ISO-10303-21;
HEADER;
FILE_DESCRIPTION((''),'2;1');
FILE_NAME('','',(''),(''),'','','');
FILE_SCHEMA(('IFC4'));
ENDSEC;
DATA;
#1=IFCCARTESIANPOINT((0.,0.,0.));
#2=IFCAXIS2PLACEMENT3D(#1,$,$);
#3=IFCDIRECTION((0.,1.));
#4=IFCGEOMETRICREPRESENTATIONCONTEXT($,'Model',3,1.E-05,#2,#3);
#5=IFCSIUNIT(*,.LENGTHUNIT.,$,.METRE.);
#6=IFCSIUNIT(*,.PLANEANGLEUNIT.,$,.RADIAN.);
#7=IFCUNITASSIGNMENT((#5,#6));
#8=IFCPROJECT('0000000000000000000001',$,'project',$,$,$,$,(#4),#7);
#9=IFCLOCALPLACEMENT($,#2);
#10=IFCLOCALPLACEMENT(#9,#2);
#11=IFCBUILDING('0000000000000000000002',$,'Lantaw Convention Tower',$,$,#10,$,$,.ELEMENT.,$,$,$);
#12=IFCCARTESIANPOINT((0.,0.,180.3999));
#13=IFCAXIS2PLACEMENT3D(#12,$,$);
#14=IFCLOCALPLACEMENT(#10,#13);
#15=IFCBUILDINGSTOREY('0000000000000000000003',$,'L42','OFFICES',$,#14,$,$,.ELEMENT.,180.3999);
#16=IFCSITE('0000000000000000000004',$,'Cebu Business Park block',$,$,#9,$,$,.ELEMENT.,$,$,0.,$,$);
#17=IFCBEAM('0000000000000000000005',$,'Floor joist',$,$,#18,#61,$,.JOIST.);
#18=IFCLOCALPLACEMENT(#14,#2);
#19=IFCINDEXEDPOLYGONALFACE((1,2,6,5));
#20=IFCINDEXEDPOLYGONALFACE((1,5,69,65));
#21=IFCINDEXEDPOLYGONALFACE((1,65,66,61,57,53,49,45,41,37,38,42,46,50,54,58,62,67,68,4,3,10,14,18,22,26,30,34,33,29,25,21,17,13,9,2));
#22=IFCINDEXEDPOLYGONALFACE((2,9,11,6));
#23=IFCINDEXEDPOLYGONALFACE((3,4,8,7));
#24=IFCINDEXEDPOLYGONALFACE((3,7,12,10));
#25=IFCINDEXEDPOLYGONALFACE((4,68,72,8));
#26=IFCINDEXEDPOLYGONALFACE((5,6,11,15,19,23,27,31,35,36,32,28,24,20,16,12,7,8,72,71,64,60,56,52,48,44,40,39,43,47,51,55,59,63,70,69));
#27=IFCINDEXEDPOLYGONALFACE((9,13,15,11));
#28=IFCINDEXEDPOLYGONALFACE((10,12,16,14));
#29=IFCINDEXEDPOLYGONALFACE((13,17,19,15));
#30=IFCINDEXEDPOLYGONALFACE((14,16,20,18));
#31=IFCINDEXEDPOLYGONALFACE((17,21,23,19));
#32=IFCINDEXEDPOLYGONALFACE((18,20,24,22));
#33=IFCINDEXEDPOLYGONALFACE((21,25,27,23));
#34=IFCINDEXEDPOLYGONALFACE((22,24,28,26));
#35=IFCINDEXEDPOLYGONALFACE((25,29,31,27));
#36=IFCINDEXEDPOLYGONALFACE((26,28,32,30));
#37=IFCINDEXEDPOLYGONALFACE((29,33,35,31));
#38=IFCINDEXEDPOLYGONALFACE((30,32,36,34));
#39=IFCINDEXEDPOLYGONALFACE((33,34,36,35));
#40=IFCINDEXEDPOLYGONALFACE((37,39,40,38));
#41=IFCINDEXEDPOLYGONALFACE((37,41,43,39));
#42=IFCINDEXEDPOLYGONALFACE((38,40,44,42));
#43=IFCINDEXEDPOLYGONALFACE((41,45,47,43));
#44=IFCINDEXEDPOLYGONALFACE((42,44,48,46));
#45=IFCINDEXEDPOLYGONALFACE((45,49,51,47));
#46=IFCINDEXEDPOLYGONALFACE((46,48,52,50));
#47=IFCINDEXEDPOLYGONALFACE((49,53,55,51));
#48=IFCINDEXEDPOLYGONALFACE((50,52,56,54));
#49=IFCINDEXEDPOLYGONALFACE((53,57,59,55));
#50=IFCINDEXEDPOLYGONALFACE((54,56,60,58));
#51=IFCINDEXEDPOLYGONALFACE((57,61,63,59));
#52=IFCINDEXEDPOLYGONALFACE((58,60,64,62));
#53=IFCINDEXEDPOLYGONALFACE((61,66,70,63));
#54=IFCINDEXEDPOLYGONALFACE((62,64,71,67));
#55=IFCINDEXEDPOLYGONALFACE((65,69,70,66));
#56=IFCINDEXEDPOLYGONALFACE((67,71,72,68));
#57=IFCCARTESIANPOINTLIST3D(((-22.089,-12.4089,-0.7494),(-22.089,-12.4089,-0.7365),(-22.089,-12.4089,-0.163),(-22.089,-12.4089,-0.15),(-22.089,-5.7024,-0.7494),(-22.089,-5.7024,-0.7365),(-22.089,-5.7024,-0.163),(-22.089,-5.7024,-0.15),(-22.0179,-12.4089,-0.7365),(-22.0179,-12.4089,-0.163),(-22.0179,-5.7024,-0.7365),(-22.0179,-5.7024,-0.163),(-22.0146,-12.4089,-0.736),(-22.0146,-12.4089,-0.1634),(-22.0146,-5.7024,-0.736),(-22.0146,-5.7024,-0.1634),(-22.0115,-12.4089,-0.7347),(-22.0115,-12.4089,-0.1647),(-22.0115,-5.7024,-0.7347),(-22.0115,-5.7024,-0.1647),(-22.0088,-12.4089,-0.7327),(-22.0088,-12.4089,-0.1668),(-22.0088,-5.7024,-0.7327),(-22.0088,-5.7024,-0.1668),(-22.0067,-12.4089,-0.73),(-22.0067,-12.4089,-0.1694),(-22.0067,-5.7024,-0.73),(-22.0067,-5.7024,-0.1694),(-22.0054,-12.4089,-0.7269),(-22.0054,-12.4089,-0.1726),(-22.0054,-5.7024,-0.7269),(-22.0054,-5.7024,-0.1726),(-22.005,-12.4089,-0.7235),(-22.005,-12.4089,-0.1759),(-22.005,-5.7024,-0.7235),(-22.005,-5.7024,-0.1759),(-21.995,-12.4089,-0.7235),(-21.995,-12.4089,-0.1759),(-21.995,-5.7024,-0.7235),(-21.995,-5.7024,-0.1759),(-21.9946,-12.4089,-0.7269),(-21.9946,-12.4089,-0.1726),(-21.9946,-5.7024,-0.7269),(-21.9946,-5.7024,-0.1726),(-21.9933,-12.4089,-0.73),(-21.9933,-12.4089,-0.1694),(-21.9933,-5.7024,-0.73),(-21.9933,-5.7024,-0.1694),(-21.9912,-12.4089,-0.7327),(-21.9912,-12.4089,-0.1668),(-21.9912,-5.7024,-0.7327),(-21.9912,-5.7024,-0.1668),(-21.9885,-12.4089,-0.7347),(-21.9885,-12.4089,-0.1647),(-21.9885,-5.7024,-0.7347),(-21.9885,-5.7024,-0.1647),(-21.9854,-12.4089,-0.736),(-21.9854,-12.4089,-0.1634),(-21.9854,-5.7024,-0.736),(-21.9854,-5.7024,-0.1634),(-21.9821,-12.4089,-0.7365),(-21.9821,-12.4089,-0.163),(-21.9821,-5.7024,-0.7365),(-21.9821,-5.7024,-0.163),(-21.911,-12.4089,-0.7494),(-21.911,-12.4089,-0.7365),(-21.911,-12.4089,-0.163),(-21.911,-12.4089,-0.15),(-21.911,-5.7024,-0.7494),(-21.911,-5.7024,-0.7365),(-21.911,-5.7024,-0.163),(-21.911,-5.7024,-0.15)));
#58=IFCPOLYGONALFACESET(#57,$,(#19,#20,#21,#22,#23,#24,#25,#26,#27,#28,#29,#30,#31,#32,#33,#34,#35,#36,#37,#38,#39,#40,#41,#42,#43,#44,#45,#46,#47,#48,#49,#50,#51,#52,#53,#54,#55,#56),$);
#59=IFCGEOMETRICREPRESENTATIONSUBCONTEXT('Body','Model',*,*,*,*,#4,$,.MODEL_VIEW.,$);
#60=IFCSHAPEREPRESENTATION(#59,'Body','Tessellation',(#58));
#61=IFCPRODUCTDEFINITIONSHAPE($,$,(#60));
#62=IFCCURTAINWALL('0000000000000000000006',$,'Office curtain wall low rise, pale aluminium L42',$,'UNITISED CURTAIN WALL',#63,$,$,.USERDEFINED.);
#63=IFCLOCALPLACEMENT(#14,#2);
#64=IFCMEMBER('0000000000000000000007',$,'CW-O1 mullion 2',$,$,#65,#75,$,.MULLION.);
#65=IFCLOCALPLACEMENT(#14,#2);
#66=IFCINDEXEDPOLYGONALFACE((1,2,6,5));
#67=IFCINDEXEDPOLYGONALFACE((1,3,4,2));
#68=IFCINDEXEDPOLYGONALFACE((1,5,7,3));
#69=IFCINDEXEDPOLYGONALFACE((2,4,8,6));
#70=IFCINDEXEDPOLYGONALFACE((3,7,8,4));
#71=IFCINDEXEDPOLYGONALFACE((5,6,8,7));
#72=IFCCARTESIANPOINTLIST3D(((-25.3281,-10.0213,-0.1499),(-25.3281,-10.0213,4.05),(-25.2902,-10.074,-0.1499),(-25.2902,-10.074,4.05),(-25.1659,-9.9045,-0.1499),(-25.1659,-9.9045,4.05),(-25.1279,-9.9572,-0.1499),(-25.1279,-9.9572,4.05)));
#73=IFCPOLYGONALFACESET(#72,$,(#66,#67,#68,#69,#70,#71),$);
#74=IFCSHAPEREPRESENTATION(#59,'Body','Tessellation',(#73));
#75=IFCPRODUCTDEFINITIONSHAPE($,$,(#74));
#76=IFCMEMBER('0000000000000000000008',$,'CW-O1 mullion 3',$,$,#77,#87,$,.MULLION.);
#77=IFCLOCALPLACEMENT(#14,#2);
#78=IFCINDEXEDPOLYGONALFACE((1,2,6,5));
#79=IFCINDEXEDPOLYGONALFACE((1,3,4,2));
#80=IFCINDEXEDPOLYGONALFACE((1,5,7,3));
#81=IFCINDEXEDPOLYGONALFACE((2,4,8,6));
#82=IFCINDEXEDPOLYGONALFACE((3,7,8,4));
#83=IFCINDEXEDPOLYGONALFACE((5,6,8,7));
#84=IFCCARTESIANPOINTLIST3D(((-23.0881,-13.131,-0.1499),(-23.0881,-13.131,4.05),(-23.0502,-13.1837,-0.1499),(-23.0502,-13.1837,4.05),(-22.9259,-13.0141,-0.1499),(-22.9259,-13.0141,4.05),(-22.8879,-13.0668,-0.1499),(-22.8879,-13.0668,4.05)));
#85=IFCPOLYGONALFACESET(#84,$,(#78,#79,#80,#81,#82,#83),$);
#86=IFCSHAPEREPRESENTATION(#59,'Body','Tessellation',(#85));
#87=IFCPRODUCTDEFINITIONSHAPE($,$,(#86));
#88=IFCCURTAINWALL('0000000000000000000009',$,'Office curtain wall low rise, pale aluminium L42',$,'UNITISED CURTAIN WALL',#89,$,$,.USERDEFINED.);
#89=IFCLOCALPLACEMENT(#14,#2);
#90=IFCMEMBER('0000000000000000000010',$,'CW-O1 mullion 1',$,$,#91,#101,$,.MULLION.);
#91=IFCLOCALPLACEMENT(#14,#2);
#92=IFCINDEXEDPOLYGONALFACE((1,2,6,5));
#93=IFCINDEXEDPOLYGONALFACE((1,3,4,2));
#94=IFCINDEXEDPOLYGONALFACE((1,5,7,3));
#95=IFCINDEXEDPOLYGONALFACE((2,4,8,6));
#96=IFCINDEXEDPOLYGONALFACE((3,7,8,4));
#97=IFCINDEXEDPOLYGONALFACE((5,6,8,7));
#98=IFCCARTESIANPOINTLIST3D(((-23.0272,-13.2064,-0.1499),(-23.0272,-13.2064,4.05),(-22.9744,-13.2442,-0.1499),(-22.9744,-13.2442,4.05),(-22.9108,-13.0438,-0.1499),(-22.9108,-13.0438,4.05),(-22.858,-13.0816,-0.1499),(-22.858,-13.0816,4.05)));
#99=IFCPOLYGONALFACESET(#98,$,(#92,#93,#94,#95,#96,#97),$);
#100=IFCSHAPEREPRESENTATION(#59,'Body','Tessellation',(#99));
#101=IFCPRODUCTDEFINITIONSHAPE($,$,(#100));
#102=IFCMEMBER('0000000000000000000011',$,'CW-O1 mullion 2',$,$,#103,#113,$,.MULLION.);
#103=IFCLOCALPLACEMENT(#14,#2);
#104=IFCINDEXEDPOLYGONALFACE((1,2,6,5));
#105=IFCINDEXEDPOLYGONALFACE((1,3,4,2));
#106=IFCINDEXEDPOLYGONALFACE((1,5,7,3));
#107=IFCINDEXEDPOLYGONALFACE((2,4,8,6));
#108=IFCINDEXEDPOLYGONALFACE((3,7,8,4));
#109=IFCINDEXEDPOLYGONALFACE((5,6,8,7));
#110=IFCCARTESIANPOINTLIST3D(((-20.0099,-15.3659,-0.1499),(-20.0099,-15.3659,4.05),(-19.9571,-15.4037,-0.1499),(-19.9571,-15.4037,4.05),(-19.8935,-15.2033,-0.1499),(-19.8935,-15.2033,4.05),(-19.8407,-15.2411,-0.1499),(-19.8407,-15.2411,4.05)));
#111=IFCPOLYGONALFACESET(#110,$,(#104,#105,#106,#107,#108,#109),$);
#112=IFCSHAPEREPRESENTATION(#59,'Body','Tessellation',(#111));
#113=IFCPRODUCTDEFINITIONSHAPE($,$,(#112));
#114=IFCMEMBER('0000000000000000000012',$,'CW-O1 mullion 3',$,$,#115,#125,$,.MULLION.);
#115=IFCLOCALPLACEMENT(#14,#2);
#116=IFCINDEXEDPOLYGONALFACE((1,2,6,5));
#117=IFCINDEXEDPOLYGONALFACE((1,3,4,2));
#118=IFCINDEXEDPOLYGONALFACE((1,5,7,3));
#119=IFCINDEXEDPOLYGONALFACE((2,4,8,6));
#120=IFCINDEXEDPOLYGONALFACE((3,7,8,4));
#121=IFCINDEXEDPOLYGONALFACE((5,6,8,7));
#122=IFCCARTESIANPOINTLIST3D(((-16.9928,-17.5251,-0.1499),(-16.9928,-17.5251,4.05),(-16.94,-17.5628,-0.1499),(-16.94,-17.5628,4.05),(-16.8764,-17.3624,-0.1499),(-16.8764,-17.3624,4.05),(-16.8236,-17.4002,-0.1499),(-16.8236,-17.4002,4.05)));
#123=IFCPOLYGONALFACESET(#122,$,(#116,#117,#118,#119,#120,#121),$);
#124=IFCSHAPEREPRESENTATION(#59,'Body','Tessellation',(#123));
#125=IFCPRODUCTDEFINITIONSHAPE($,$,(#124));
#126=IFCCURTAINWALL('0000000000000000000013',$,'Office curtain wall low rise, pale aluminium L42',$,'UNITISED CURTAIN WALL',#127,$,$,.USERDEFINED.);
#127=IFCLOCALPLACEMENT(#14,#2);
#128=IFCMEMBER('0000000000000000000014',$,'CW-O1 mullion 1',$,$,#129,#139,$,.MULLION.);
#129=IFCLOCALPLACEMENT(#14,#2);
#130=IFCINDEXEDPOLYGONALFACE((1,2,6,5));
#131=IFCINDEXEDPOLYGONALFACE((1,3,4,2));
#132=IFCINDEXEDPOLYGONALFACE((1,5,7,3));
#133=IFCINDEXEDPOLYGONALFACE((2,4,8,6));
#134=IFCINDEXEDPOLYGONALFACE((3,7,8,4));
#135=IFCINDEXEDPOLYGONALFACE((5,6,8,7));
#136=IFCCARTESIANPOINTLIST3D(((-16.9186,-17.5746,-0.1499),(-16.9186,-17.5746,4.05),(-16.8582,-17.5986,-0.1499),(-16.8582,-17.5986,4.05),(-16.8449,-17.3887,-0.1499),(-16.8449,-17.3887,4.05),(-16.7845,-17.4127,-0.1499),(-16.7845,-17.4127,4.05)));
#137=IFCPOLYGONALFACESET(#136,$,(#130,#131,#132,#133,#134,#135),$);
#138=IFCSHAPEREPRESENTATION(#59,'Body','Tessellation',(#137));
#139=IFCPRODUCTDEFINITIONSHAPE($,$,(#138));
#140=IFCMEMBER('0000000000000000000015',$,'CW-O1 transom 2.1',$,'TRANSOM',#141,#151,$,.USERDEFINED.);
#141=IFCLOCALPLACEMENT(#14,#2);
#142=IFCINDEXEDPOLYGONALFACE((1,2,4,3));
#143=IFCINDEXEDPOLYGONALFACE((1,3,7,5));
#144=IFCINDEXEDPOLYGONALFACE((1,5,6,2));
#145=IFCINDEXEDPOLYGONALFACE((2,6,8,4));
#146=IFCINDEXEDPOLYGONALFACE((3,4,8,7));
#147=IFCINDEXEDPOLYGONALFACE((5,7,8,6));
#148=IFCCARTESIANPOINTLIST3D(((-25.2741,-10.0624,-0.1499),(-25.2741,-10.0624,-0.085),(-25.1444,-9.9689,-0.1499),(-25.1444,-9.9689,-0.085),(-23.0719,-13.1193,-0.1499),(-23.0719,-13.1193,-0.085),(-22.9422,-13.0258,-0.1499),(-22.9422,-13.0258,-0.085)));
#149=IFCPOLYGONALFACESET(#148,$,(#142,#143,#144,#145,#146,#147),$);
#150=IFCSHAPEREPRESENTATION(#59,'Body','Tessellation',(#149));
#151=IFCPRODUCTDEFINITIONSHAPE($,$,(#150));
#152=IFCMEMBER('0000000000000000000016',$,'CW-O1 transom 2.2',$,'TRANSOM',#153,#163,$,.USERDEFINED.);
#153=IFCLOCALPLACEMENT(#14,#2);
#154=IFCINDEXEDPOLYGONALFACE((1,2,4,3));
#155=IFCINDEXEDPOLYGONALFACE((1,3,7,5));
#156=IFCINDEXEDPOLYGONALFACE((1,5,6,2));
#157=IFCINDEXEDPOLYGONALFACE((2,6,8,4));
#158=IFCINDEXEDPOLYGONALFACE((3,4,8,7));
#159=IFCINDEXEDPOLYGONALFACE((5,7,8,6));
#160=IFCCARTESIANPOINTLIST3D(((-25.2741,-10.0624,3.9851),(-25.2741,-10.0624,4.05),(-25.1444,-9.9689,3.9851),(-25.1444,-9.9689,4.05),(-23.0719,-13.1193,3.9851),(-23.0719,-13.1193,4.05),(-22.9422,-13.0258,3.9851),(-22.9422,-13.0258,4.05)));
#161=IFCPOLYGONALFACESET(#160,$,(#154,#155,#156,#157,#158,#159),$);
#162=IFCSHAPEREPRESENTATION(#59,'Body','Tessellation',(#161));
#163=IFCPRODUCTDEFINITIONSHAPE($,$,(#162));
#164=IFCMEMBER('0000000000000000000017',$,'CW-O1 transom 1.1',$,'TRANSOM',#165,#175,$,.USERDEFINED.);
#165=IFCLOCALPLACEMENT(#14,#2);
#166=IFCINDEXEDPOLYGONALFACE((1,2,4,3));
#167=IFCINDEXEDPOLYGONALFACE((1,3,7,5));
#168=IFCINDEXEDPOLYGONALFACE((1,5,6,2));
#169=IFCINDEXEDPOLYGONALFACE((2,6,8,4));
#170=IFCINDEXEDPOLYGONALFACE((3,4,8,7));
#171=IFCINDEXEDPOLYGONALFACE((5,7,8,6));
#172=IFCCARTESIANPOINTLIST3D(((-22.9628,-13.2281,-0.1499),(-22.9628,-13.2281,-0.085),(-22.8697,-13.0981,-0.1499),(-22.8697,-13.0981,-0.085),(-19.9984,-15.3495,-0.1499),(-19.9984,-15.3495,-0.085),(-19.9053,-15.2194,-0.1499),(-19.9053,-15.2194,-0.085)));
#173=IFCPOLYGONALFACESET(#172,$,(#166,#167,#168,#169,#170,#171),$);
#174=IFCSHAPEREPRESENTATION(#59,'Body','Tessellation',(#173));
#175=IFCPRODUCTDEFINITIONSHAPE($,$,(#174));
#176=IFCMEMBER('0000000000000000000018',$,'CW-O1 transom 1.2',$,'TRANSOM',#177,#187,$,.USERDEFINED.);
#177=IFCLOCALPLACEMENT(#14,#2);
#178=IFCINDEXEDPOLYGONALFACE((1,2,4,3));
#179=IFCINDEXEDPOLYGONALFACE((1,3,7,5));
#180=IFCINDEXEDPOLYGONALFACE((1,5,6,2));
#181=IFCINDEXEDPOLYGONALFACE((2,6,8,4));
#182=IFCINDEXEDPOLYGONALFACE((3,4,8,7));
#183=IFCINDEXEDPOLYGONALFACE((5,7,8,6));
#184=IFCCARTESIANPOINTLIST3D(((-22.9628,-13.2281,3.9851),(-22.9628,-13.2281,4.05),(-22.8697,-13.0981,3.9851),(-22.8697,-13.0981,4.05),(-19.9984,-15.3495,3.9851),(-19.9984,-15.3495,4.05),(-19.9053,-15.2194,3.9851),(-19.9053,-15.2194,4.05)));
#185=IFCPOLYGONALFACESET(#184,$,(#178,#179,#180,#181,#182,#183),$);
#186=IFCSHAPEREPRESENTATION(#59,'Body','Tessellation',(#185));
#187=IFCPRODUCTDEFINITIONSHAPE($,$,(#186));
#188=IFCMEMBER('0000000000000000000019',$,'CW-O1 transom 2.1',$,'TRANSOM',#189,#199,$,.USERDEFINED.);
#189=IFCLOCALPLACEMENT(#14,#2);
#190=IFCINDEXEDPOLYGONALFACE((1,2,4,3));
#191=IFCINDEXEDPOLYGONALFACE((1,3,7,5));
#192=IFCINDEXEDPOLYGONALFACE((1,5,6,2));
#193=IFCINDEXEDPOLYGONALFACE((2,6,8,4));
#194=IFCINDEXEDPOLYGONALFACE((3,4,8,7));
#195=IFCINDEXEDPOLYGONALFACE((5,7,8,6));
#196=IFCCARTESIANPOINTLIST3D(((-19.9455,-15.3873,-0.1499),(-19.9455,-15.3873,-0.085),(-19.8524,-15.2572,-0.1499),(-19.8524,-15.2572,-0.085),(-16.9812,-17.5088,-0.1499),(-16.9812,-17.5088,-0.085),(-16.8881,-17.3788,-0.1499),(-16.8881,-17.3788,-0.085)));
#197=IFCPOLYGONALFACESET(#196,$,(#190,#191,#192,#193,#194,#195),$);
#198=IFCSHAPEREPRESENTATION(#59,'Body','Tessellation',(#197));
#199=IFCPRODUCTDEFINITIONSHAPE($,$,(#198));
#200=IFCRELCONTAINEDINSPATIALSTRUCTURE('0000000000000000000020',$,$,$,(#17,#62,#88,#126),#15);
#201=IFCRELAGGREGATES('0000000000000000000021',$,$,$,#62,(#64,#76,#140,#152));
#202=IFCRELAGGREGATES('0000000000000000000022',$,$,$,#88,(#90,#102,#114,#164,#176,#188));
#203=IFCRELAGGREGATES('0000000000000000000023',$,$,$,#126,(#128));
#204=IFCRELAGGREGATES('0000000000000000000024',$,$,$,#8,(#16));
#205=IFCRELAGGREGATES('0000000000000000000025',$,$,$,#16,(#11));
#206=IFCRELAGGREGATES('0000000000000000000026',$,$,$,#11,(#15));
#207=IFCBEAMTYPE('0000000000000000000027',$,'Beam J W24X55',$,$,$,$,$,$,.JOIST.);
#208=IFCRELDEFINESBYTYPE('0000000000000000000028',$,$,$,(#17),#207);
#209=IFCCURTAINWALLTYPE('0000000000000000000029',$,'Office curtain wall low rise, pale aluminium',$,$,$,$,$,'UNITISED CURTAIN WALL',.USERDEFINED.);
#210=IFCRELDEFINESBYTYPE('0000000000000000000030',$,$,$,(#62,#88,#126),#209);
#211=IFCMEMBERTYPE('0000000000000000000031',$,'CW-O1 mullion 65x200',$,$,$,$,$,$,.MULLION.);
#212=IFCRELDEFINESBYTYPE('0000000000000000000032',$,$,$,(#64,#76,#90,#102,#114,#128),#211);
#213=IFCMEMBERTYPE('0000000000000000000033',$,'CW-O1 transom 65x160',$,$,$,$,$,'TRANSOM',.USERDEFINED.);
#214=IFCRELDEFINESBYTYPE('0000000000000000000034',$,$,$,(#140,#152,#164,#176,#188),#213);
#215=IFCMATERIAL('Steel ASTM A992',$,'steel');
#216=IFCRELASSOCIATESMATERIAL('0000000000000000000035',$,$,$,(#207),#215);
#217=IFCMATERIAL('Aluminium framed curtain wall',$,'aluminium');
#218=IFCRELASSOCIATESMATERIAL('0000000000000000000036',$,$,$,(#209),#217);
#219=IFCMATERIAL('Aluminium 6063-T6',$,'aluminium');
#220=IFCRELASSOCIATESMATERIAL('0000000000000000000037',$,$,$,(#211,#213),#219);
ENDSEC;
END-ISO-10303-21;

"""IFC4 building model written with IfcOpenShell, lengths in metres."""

from ifc_helpers import new_model, si_unit, direction, frame, origin, origin_2d, place, context, subcontext, project, spatial, rectangle, i_section, extrude, material, material_profile, profile_set, type_object, element, aggregate, save


model = new_model("IFC4")

# Units and contexts
model_context = context("Model", 3, precision=1e-05, world=origin(), true_north=direction((0.0, 1.0)))
body_context = subcontext(model_context, "Body", "Model", "MODEL_VIEW")
ifc_project = project(units=[si_unit("LENGTHUNIT", "METRE"), si_unit("PLANEANGLEUNIT", "RADIAN")], contexts=[model_context])

# Site, building, storey
site_placement = place(None, origin())
site = spatial("IfcSite", under=ifc_project, at=site_placement, Name="Cebu Business Park block", CompositionType="ELEMENT", RefElevation=0.0)
building_placement = place(site_placement, origin())
building = spatial("IfcBuilding", under=site, at=building_placement, Name="Lantaw Convention Tower", CompositionType="ELEMENT")
storey_placement = place(building_placement, frame((0.0, 0.0, 180.3999)))
storey = spatial("IfcBuildingStorey", under=building, at=storey_placement, Name="L42", Description="OFFICES", CompositionType="ELEMENT", Elevation=180.3999)

# Beam
ifc_material_1 = material(Name="Steel ASTM A992", Category="steel")
ifc_material_profile_1 = material_profile(ifc_material_1, i_section(OverallWidth=0.178, OverallDepth=0.5994, WebThickness=0.01, FlangeThickness=0.0129, FilletRadius=0.0129, at=origin_2d()), Name="W24X55")
ifc_profile_set_1 = profile_set([ifc_material_profile_1], Name="Steel ASTM A992")
beam_type_1 = type_object("IfcBeamType", Name="Beam J W24X55", PredefinedType="JOIST", material=ifc_profile_set_1)
beam_1_placement = place(storey_placement, frame((-22.0, -12.4089, -0.4497), z_axis=(0.0, 1.0, 0.0), x_axis=(-1.0, 0.0, 0.0)))
element("IfcBeam", 1, at=beam_1_placement, inside=storey, type_object=beam_type_1, Name="Floor joist", PredefinedType="JOIST", context=body_context, shape_type="SweptSolid", body=[
    extrude(i_section(OverallWidth=0.178, OverallDepth=0.5994, WebThickness=0.01, FlangeThickness=0.0129, FilletRadius=0.0129, at=origin_2d()), origin(), (0.0, 0.0, 1.0), 6.7065),
])

# Curtain walls, members
ifc_material_2 = material(Name="Aluminium framed curtain wall", Category="aluminium")
curtain_wall_type = type_object("IfcCurtainWallType", Name="Office curtain wall low rise, pale aluminium", ElementType="UNITISED CURTAIN WALL", PredefinedType="USERDEFINED", material=ifc_material_2)
curtain_wall_1_placement = place(storey_placement, origin())
curtain_wall_1 = element("IfcCurtainWall", 2, at=curtain_wall_1_placement, inside=storey, type_object=curtain_wall_type, Name="Office curtain wall low rise, pale aluminium L42", ObjectType="UNITISED CURTAIN WALL", PredefinedType="USERDEFINED")
ifc_material_3 = material(Name="Aluminium 6063-T6", Category="aluminium")
ifc_material_profile_2 = material_profile(ifc_material_3, rectangle(XDim=0.2, YDim=0.0649, at=origin_2d()), Name="CW-O1 mullion 65x200")
ifc_profile_set_2 = profile_set([ifc_material_profile_2], Name="Aluminium 6063-T6")
member_type_1 = type_object("IfcMemberType", Name="CW-O1 mullion 65x200", PredefinedType="MULLION", material=ifc_profile_set_2)
member_1_placement = place(storey_placement, frame((-25.228, -9.9893, -0.1499), z_axis=(0.0, 0.0, 1.0), x_axis=(0.811385, 0.584513, 0.0)))
member_1 = element("IfcMember", 3, at=member_1_placement, type_object=member_type_1, Name="CW-O1 mullion 2", PredefinedType="MULLION", context=body_context, shape_type="SweptSolid", body=[
    extrude(rectangle(XDim=0.2, YDim=0.0649, at=origin_2d()), origin(), (0.0, 0.0, 1.0), 4.2),
])
member_2_placement = place(storey_placement, frame((-22.988, -13.0989, -0.1499), z_axis=(0.0, 0.0, 1.0), x_axis=(0.811385, 0.584513, 0.0)))
member_2 = element("IfcMember", 4, at=member_2_placement, type_object=member_type_1, Name="CW-O1 mullion 3", PredefinedType="MULLION", context=body_context, shape_type="SweptSolid", body=[
    extrude(rectangle(XDim=0.2, YDim=0.0649, at=origin_2d()), origin(), (0.0, 0.0, 1.0), 4.2),
])
curtain_wall_2_placement = place(storey_placement, origin())
curtain_wall_2 = element("IfcCurtainWall", 5, at=curtain_wall_2_placement, inside=storey, type_object=curtain_wall_type, Name="Office curtain wall low rise, pale aluminium L42", ObjectType="UNITISED CURTAIN WALL", PredefinedType="USERDEFINED")
member_3_placement = place(storey_placement, frame((-22.9426, -13.144, -0.1499), z_axis=(0.0, 0.0, 1.0), x_axis=(0.581973, 0.813208, 0.0)))
member_3 = element("IfcMember", 6, at=member_3_placement, type_object=member_type_1, Name="CW-O1 mullion 1", PredefinedType="MULLION", context=body_context, shape_type="SweptSolid", body=[
    extrude(rectangle(XDim=0.2, YDim=0.0649, at=origin_2d()), origin(), (0.0, 0.0, 1.0), 4.2),
])
member_4_placement = place(storey_placement, frame((-19.9253, -15.3035, -0.1499), z_axis=(0.0, 0.0, 1.0), x_axis=(0.581973, 0.813208, 0.0)))
member_4 = element("IfcMember", 7, at=member_4_placement, type_object=member_type_1, Name="CW-O1 mullion 2", PredefinedType="MULLION", context=body_context, shape_type="SweptSolid", body=[
    extrude(rectangle(XDim=0.2, YDim=0.0649, at=origin_2d()), origin(), (0.0, 0.0, 1.0), 4.2),
])
member_5_placement = place(storey_placement, frame((-16.9082, -17.4626, -0.1499), z_axis=(0.0, 0.0, 1.0), x_axis=(0.581973, 0.813208, 0.0)))
member_5 = element("IfcMember", 8, at=member_5_placement, type_object=member_type_1, Name="CW-O1 mullion 3", PredefinedType="MULLION", context=body_context, shape_type="SweptSolid", body=[
    extrude(rectangle(XDim=0.2, YDim=0.0649, at=origin_2d()), origin(), (0.0, 0.0, 1.0), 4.2),
])

# Curtain wall, member
curtain_wall_3_placement = place(storey_placement, origin())
curtain_wall_3 = element("IfcCurtainWall", 9, at=curtain_wall_3_placement, inside=storey, type_object=curtain_wall_type, Name="Office curtain wall low rise, pale aluminium L42", ObjectType="UNITISED CURTAIN WALL", PredefinedType="USERDEFINED")
member_6_placement = place(storey_placement, frame((-16.8516, -17.4937, -0.1499), z_axis=(0.0, 0.0, 1.0), x_axis=(0.368702, 0.929548, 0.0)))
member_6 = element("IfcMember", 10, at=member_6_placement, type_object=member_type_1, Name="CW-O1 mullion 1", PredefinedType="MULLION", context=body_context, shape_type="SweptSolid", body=[
    extrude(rectangle(XDim=0.2, YDim=0.0649, at=origin_2d()), origin(), (0.0, 0.0, 1.0), 4.2),
])

# Members
ifc_material_profile_3 = material_profile(ifc_material_3, rectangle(XDim=0.1599, YDim=0.0649, at=origin_2d()), Name="CW-O1 transom 65x160")
ifc_profile_set_3 = profile_set([ifc_material_profile_3], Name="Aluminium 6063-T6")
member_type_2 = type_object("IfcMemberType", Name="CW-O1 transom 65x160", ElementType="TRANSOM", PredefinedType="USERDEFINED", material=ifc_profile_set_3)
member_7_placement = place(storey_placement, frame((-25.2092, -10.0156, -0.1174), z_axis=(0.584513, -0.811384, 0.0), x_axis=(0.811384, 0.584513, 0.0)))
member_7 = element("IfcMember", 11, at=member_7_placement, type_object=member_type_2, Name="CW-O1 transom 2.1", ObjectType="TRANSOM", PredefinedType="USERDEFINED", context=body_context, shape_type="SweptSolid", body=[
    extrude(rectangle(XDim=0.1599, YDim=0.0649, at=origin_2d()), origin(), (0.0, 0.0, 1.0), 3.7676),
])
member_8_placement = place(storey_placement, frame((-25.2092, -10.0156, 4.0176), z_axis=(0.584513, -0.811384, 0.0), x_axis=(0.811384, 0.584513, 0.0)))
member_8 = element("IfcMember", 12, at=member_8_placement, type_object=member_type_2, Name="CW-O1 transom 2.2", ObjectType="TRANSOM", PredefinedType="USERDEFINED", context=body_context, shape_type="SweptSolid", body=[
    extrude(rectangle(XDim=0.1599, YDim=0.0649, at=origin_2d()), origin(), (0.0, 0.0, 1.0), 3.7676),
])
member_9_placement = place(storey_placement, frame((-22.9163, -13.1631, -0.1174), z_axis=(0.813222, -0.581954, 0.0), x_axis=(0.581954, 0.813222, 0.0)))
member_9 = element("IfcMember", 13, at=member_9_placement, type_object=member_type_2, Name="CW-O1 transom 1.1", ObjectType="TRANSOM", PredefinedType="USERDEFINED", context=body_context, shape_type="SweptSolid", body=[
    extrude(rectangle(XDim=0.1599, YDim=0.0649, at=origin_2d()), origin(), (0.0, 0.0, 1.0), 3.6453),
])
member_10_placement = place(storey_placement, frame((-22.9163, -13.1631, 4.0176), z_axis=(0.813222, -0.581954, 0.0), x_axis=(0.581954, 0.813222, 0.0)))
member_10 = element("IfcMember", 14, at=member_10_placement, type_object=member_type_2, Name="CW-O1 transom 1.2", ObjectType="TRANSOM", PredefinedType="USERDEFINED", context=body_context, shape_type="SweptSolid", body=[
    extrude(rectangle(XDim=0.1599, YDim=0.0649, at=origin_2d()), origin(), (0.0, 0.0, 1.0), 3.6453),
])
member_11_placement = place(storey_placement, frame((-19.8989, -15.3223, -0.1174), z_axis=(0.81319, -0.581998, 0.0), x_axis=(0.581998, 0.81319, 0.0)))
member_11 = element("IfcMember", 15, at=member_11_placement, type_object=member_type_2, Name="CW-O1 transom 2.1", ObjectType="TRANSOM", PredefinedType="USERDEFINED", context=body_context, shape_type="SweptSolid", body=[
    extrude(rectangle(XDim=0.1599, YDim=0.0649, at=origin_2d()), origin(), (0.0, 0.0, 1.0), 3.6453),
])

aggregate(curtain_wall_1, [member_1, member_2, member_7, member_8])
aggregate(curtain_wall_2, [member_3, member_4, member_5, member_9, member_10, member_11])
aggregate(curtain_wall_3, [member_6])

save(model, "model.ifc")
